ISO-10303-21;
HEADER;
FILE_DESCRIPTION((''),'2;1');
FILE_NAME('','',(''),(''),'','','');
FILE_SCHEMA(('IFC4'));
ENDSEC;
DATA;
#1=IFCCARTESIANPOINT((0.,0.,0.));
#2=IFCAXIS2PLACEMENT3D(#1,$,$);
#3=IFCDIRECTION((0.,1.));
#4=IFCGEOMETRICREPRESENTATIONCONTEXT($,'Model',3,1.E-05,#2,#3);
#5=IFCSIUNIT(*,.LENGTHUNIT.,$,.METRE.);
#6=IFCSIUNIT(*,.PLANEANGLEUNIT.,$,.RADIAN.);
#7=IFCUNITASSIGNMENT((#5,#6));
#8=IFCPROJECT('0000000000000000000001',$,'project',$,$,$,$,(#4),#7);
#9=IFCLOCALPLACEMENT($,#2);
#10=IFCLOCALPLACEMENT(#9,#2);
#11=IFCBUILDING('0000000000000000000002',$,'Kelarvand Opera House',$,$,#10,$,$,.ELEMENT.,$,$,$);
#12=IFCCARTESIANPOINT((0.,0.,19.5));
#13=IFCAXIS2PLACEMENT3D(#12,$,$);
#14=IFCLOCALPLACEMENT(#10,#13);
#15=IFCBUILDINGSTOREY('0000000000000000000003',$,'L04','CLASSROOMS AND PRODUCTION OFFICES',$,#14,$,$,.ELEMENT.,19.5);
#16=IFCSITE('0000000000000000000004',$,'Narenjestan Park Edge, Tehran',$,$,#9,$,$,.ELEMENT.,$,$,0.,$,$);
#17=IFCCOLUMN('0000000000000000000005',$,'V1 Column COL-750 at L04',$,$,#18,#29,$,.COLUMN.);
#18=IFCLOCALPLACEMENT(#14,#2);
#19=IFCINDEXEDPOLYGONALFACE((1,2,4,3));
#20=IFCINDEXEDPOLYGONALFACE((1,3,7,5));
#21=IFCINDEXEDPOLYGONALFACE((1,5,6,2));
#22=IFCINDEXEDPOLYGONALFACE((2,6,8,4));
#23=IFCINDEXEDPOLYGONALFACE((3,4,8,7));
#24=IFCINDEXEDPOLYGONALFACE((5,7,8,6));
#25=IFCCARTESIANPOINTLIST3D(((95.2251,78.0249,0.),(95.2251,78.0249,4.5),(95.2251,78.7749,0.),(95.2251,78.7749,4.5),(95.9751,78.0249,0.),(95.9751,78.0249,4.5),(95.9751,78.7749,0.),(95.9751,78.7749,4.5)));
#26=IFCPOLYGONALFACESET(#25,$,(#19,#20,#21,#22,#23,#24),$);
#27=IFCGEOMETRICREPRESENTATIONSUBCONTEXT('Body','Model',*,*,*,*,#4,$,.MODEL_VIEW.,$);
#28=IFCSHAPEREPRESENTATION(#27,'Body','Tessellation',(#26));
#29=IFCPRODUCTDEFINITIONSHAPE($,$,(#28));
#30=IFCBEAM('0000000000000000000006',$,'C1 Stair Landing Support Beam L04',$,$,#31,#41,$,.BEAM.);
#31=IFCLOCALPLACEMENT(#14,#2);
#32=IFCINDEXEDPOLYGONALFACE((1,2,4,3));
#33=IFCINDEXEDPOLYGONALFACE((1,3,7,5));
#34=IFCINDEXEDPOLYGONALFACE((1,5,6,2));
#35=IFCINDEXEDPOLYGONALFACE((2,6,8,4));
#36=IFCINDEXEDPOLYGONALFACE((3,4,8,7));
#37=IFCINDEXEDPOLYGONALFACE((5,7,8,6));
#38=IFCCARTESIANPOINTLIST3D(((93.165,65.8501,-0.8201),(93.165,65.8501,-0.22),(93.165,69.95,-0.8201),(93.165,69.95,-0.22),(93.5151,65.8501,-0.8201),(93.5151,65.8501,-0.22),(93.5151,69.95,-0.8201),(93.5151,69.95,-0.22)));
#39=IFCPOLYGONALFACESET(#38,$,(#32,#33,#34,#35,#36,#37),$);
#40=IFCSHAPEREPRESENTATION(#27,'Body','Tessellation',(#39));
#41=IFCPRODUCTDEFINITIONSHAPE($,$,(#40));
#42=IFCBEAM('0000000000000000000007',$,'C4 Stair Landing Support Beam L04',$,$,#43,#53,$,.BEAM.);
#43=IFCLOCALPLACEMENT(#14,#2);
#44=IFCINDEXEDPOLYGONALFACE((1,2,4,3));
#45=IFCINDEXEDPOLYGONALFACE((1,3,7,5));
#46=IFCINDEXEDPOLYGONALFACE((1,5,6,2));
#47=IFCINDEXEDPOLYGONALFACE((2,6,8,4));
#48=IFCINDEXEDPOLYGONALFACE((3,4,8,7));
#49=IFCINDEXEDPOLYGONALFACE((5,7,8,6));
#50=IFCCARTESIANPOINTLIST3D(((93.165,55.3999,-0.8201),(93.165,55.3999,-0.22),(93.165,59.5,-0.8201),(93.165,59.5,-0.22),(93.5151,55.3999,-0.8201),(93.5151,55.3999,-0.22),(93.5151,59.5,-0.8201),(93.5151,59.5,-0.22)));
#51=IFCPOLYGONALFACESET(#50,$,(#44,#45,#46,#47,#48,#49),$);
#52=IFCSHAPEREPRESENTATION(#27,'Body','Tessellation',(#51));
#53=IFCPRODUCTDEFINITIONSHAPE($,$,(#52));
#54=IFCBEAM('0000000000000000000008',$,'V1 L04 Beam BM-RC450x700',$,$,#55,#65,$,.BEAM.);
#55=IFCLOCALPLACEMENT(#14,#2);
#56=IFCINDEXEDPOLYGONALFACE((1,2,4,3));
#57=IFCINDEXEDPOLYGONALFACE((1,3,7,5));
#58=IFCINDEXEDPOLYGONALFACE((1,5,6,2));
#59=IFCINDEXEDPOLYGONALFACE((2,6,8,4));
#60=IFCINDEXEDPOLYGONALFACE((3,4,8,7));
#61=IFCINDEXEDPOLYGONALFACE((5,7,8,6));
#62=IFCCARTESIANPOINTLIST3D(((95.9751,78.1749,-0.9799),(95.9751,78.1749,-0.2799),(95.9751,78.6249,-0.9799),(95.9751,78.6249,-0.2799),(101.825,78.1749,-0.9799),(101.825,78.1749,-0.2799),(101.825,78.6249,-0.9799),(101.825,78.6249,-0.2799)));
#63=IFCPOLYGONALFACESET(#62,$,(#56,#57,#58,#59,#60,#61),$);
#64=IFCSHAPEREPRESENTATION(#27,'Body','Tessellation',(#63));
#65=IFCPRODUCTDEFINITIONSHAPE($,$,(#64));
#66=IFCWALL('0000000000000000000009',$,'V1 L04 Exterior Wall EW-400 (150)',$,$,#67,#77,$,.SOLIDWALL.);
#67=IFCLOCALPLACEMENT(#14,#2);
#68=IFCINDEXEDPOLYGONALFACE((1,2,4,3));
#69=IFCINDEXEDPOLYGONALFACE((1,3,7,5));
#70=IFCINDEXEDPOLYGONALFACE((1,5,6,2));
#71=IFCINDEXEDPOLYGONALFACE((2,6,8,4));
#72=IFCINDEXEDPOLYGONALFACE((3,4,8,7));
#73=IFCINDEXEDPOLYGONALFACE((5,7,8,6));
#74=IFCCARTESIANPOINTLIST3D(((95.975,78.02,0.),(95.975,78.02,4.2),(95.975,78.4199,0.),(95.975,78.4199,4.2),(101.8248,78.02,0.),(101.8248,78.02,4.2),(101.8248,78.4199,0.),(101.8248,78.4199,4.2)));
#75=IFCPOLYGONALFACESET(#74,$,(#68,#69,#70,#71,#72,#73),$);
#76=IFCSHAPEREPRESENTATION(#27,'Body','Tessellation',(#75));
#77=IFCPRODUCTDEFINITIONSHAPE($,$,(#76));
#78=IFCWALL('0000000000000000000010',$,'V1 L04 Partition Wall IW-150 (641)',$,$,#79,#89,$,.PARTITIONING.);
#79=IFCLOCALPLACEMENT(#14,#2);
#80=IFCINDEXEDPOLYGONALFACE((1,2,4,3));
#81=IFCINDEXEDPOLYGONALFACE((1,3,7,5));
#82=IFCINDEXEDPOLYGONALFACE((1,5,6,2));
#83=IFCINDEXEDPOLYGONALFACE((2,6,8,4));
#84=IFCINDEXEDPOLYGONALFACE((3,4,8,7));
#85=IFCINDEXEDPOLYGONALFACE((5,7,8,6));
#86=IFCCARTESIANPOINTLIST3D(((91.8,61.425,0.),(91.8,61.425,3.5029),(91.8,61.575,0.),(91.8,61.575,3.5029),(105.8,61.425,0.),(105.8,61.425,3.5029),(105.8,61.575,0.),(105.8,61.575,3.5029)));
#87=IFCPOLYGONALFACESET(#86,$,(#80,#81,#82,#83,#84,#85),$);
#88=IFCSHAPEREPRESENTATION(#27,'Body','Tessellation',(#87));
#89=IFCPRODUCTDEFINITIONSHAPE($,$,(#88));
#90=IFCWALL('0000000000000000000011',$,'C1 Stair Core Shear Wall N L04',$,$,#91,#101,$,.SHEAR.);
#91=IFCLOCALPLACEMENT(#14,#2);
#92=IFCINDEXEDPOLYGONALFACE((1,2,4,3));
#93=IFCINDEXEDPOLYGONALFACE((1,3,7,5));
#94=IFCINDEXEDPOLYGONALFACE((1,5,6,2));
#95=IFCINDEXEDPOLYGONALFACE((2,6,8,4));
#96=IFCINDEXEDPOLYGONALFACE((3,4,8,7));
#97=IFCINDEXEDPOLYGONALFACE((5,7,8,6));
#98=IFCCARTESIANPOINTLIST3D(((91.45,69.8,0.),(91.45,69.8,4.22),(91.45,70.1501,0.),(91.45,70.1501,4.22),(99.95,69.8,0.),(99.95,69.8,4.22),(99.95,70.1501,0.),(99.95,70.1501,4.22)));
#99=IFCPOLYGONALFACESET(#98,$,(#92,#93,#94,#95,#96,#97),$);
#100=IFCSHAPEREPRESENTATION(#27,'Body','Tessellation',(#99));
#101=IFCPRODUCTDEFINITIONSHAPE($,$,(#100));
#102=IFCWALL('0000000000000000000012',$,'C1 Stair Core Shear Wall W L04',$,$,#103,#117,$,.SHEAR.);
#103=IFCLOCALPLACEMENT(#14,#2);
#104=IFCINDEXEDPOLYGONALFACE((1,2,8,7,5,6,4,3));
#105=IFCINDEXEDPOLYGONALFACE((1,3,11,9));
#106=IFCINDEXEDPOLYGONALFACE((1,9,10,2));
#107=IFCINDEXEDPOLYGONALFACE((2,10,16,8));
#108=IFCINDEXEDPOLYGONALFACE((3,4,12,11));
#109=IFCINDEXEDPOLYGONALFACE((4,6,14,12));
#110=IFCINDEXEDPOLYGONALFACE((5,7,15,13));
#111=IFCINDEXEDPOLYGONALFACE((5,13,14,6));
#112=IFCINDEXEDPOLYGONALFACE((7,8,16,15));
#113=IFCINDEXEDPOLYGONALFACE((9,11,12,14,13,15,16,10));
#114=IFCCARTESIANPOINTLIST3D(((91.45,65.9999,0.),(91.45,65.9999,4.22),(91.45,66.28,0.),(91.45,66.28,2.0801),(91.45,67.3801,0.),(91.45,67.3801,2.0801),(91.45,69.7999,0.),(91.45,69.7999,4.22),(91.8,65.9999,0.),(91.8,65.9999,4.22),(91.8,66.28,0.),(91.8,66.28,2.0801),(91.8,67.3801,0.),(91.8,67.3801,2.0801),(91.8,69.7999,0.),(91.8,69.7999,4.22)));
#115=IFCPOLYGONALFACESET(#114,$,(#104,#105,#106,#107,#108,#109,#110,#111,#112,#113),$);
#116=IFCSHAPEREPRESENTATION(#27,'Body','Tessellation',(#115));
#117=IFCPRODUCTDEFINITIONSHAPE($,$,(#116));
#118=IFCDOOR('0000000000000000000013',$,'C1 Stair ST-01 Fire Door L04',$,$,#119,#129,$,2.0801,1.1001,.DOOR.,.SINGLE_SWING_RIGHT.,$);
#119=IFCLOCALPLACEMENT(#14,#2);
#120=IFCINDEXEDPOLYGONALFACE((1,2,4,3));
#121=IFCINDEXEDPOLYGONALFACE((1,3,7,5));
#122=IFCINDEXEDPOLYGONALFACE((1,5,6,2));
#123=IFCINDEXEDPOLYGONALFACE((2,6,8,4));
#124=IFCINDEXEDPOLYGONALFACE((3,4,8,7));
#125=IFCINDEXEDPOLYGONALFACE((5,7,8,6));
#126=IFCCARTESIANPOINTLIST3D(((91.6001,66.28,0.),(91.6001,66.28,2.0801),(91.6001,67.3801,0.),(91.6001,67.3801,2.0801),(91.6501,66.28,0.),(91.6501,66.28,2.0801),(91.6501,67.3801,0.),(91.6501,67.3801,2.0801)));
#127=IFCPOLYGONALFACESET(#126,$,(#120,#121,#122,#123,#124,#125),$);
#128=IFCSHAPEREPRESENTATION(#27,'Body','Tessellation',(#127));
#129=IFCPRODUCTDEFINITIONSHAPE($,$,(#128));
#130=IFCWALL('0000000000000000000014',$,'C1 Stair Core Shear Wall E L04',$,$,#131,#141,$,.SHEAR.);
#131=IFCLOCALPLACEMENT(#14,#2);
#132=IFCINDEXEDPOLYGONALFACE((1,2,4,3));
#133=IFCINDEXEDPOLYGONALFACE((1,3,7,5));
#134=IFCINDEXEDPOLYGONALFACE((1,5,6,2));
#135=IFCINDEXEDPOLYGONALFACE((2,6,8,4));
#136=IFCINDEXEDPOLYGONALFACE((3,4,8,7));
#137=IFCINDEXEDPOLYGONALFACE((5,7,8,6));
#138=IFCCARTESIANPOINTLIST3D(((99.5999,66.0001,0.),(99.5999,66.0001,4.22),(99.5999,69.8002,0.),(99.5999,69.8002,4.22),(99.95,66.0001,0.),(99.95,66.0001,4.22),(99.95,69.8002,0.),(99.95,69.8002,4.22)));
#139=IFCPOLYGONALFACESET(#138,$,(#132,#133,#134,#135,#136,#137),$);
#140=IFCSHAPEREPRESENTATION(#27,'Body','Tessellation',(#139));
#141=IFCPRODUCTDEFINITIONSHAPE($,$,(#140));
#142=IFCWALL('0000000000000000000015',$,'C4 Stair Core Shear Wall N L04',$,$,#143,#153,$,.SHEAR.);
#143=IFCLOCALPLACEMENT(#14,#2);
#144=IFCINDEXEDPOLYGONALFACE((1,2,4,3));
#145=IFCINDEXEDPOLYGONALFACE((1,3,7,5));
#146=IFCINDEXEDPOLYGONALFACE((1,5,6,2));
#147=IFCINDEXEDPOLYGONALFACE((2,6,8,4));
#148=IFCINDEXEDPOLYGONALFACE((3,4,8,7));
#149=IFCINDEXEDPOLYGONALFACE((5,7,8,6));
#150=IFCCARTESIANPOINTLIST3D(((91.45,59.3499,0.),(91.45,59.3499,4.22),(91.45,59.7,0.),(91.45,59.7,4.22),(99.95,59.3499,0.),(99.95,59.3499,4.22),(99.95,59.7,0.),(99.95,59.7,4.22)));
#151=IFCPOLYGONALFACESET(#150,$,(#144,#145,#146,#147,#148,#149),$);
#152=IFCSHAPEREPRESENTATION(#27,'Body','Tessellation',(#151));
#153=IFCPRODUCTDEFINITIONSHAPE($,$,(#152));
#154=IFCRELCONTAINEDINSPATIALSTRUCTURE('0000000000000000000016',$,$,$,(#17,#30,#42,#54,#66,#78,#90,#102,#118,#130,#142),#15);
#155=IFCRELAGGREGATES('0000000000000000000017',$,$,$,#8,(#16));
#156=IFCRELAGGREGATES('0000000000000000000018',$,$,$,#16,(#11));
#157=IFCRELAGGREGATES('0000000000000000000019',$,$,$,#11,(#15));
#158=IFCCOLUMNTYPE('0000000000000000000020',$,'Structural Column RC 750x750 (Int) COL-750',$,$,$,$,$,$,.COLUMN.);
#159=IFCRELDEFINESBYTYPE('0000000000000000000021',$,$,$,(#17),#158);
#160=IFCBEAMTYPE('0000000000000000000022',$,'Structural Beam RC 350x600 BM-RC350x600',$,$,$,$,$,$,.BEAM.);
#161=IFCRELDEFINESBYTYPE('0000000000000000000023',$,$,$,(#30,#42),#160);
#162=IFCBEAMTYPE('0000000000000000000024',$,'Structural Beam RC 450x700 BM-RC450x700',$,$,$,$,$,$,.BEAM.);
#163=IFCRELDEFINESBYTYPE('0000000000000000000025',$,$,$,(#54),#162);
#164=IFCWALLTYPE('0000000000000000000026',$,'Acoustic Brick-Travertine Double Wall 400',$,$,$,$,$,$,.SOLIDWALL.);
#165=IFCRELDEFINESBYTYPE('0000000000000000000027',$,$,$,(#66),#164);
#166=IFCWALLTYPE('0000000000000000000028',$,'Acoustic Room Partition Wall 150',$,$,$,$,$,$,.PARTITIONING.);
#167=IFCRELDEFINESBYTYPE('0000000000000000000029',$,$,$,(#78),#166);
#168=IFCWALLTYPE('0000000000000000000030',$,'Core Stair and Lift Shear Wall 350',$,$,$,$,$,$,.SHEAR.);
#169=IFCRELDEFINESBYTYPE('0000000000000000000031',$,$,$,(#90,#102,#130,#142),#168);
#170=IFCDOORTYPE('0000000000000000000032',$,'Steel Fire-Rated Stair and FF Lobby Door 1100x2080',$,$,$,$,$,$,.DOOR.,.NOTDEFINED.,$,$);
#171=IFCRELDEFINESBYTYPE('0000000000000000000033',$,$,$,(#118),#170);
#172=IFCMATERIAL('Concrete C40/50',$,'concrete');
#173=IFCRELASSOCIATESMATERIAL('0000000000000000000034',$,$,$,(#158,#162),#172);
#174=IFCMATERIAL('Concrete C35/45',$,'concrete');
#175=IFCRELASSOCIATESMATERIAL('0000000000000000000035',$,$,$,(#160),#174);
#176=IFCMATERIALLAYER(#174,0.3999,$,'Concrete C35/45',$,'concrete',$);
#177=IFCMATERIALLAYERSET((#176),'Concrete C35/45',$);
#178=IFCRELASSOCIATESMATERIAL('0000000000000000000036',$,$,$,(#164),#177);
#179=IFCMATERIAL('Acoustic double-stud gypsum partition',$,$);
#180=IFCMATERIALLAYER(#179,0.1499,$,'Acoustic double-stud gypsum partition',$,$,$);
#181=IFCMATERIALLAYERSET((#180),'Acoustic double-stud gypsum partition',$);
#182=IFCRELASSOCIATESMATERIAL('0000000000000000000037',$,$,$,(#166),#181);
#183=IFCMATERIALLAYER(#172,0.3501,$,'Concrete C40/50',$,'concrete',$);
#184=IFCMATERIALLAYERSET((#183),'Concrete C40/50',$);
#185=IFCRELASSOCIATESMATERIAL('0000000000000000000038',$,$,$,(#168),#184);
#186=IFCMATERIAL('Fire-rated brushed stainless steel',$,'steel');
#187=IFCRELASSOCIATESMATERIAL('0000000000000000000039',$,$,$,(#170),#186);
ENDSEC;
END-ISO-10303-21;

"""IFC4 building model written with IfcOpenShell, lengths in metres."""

from ifc_helpers import new_model, si_unit, direction, frame, frame_2d, origin, origin_2d, place, context, subcontext, project, spatial, rectangle, extrude, material, layer, layer_set, material_profile, profile_set, type_object, element, fill, save


model = new_model("IFC4")

# Units and contexts
model_context = context("Model", 3, precision=1e-05, world=origin(), true_north=direction((0.0, 1.0)))
body_context = subcontext(model_context, "Body", "Model", "MODEL_VIEW")
ifc_project = project(units=[si_unit("LENGTHUNIT", "METRE"), si_unit("PLANEANGLEUNIT", "RADIAN")], contexts=[model_context])

# Site, building, storey
site_placement = place(None, origin())
site = spatial("IfcSite", under=ifc_project, at=site_placement, Name="Narenjestan Park Edge, Tehran", CompositionType="ELEMENT", RefElevation=0.0)
building_placement = place(site_placement, origin())
building = spatial("IfcBuilding", under=site, at=building_placement, Name="Kelarvand Opera House", CompositionType="ELEMENT")
storey_placement = place(building_placement, frame((0.0, 0.0, 19.5)))
storey = spatial("IfcBuildingStorey", under=building, at=storey_placement, Name="L04", Description="CLASSROOMS AND PRODUCTION OFFICES", CompositionType="ELEMENT", Elevation=19.5)

# Column
ifc_material_1 = material(Name="Concrete C40/50", Category="concrete")
ifc_material_profile_1 = material_profile(ifc_material_1, rectangle(XDim=0.75, YDim=0.75, at=origin_2d()), Name="RC 750x750", Category="concrete")
ifc_profile_set_1 = profile_set([ifc_material_profile_1], Name="Concrete C40/50")
column_type = type_object("IfcColumnType", Name="Structural Column RC 750x750 (Int) COL-750", PredefinedType="COLUMN", material=ifc_profile_set_1)
column_placement = place(storey_placement, frame((95.6001, 78.3999, 0.0), z_axis=(0.0, 0.0, 1.0), x_axis=(1.0, 0.0, 0.0)))
element("IfcColumn", 1, at=column_placement, inside=storey, type_object=column_type, Name="V1 Column COL-750 at L04", PredefinedType="COLUMN", context=body_context, shape_type="SweptSolid", body=[
    extrude(rectangle(XDim=0.75, YDim=0.75, at=origin_2d()), origin(), (0.0, 0.0, 1.0), 4.5),
])

# Beams
ifc_material_2 = material(Name="Concrete C35/45", Category="concrete")
ifc_material_profile_2 = material_profile(ifc_material_2, rectangle(XDim=0.3501, YDim=0.6001, at=origin_2d()), Name="RC 350x600", Category="concrete")
ifc_profile_set_2 = profile_set([ifc_material_profile_2], Name="Concrete C35/45")
beam_type_1 = type_object("IfcBeamType", Name="Structural Beam RC 350x600 BM-RC350x600", PredefinedType="BEAM", material=ifc_profile_set_2)
beam_1_placement = place(storey_placement, frame((93.3401, 65.8501, -0.52), z_axis=(0.0, 1.0, 0.0), x_axis=(-1.0, 0.0, 0.0)))
element("IfcBeam", 2, at=beam_1_placement, inside=storey, type_object=beam_type_1, Name="C1 Stair Landing Support Beam L04", PredefinedType="BEAM", context=body_context, shape_type="SweptSolid", body=[
    extrude(rectangle(XDim=0.3501, YDim=0.6001, at=origin_2d()), origin(), (0.0, 0.0, 1.0), 4.0999),
])
beam_2_placement = place(storey_placement, frame((93.3401, 55.3999, -0.52), z_axis=(0.0, 1.0, 0.0), x_axis=(-1.0, 0.0, 0.0)))
element("IfcBeam", 3, at=beam_2_placement, inside=storey, type_object=beam_type_1, Name="C4 Stair Landing Support Beam L04", PredefinedType="BEAM", context=body_context, shape_type="SweptSolid", body=[
    extrude(rectangle(XDim=0.3501, YDim=0.6001, at=origin_2d()), origin(), (0.0, 0.0, 1.0), 4.1001),
])
ifc_material_profile_3 = material_profile(ifc_material_1, rectangle(XDim=0.45, YDim=0.7, at=origin_2d()), Name="RC 450x700", Category="concrete")
ifc_profile_set_3 = profile_set([ifc_material_profile_3], Name="Concrete C40/50")
beam_type_2 = type_object("IfcBeamType", Name="Structural Beam RC 450x700 BM-RC450x700", PredefinedType="BEAM", material=ifc_profile_set_3)
beam_3_placement = place(storey_placement, frame((95.9751, 78.3999, -0.6299), z_axis=(1.0, 0.0, 0.0), x_axis=(0.0, 1.0, 0.0)))
element("IfcBeam", 4, at=beam_3_placement, inside=storey, type_object=beam_type_2, Name="V1 L04 Beam BM-RC450x700", PredefinedType="BEAM", context=body_context, shape_type="SweptSolid", body=[
    extrude(rectangle(XDim=0.45, YDim=0.7, at=origin_2d()), origin(), (0.0, 0.0, 1.0), 5.8499),
])

# Walls
ifc_layer_1 = layer(ifc_material_2, 0.3999, Name="Concrete C35/45", Category="concrete")
ifc_layer_set_1 = layer_set([ifc_layer_1], Name="Concrete C35/45")
wall_type_1 = type_object("IfcWallType", Name="Acoustic Brick-Travertine Double Wall 400", PredefinedType="SOLIDWALL", material=ifc_layer_set_1)
wall_1_placement = place(storey_placement, frame((95.9751, 78.22, 0.0), z_axis=(0.0, 0.0, 1.0), x_axis=(1.0, 0.0, 0.0)))
element("IfcWall", 5, at=wall_1_placement, inside=storey, type_object=wall_type_1, Name="V1 L04 Exterior Wall EW-400 (150)", PredefinedType="SOLIDWALL", context=body_context, shape_type="SweptSolid", body=[
    extrude(rectangle(XDim=5.8499, YDim=0.3999, at=frame_2d((2.9248, 0.0))), origin(), (0.0, 0.0, 1.0), 4.2),
])
ifc_material_3 = material(Name="Acoustic double-stud gypsum partition")
ifc_layer_2 = layer(ifc_material_3, 0.1499, Name="Acoustic double-stud gypsum partition")
ifc_layer_set_2 = layer_set([ifc_layer_2], Name="Acoustic double-stud gypsum partition")
wall_type_2 = type_object("IfcWallType", Name="Acoustic Room Partition Wall 150", PredefinedType="PARTITIONING", material=ifc_layer_set_2)
wall_2_placement = place(storey_placement, frame((91.8, 61.5, 0.0), z_axis=(0.0, 0.0, 1.0), x_axis=(1.0, 0.0, 0.0)))
element("IfcWall", 6, at=wall_2_placement, inside=storey, type_object=wall_type_2, Name="V1 L04 Partition Wall IW-150 (641)", PredefinedType="PARTITIONING", context=body_context, shape_type="SweptSolid", body=[
    extrude(rectangle(XDim=14.0, YDim=0.1499, at=frame_2d((7.0, 0.0))), origin(), (0.0, 0.0, 1.0), 3.5029),
])
ifc_layer_3 = layer(ifc_material_1, 0.3501, Name="Concrete C40/50", Category="concrete")
ifc_layer_set_3 = layer_set([ifc_layer_3], Name="Concrete C40/50")
wall_type_3 = type_object("IfcWallType", Name="Core Stair and Lift Shear Wall 350", PredefinedType="SHEAR", material=ifc_layer_set_3)
wall_3_placement = place(storey_placement, frame((99.95, 69.9751, 0.0), z_axis=(0.0, 0.0, 1.0), x_axis=(-1.0, 0.0, 0.0)))
element("IfcWall", 7, at=wall_3_placement, inside=storey, type_object=wall_type_3, Name="C1 Stair Core Shear Wall N L04", PredefinedType="SHEAR", context=body_context, shape_type="SweptSolid", body=[
    extrude(rectangle(XDim=8.5, YDim=0.3501, at=frame_2d((4.25, 0.0))), origin(), (0.0, 0.0, 1.0), 4.22),
])

# Wall, opening, door
wall_4_placement = place(storey_placement, frame((91.625, 66.0, 0.0), z_axis=(0.0, 0.0, 1.0), x_axis=(0.0, 1.0, 0.0)))
wall_4 = element("IfcWall", 8, at=wall_4_placement, inside=storey, type_object=wall_type_3, Name="C1 Stair Core Shear Wall W L04", PredefinedType="SHEAR", context=body_context, shape_type="SweptSolid", body=[
    extrude(rectangle(XDim=3.8, YDim=0.3501, at=frame_2d((1.8999, 0.0))), origin(), (0.0, 0.0, 1.0), 4.22),
])
opening_1_placement = place(wall_4_placement, frame((0.28, 0.0, 0.0)))
opening_1 = element("IfcOpeningElement", 9, at=opening_1_placement, cuts=wall_4, PredefinedType="OPENING", context=body_context, shape_type="SweptSolid", body=[
    extrude(rectangle(XDim=1.1001, YDim=2.0801, at=frame_2d((0.55, 1.04))), frame((0.0, 0.1851, 0.0), z_axis=(0.0, -1.0, 0.0), x_axis=(1.0, 0.0, 0.0)), (0.0, 0.0, 1.0), 0.3701),
])
ifc_material_4 = material(Name="Fire-rated brushed stainless steel", Category="steel")
door_type_1 = type_object("IfcDoorType", Name="Steel Fire-Rated Stair and FF Lobby Door 1100x2080", OperationType="NOTDEFINED", PredefinedType="DOOR", material=ifc_material_4)
door_1_placement = place(opening_1_placement, origin())
door_1 = element("IfcDoor", 10, at=door_1_placement, inside=storey, type_object=door_type_1, Name="C1 Stair ST-01 Fire Door L04", OperationType="SINGLE_SWING_RIGHT", OverallHeight=2.0801, OverallWidth=1.1001, PredefinedType="DOOR", context=body_context, shape_type="SweptSolid", body=[
    extrude(rectangle(XDim=1.1001, YDim=2.0801, at=frame_2d((0.55, 1.04))), frame((0.0, 0.0249, 0.0), z_axis=(0.0, -1.0, 0.0), x_axis=(1.0, 0.0, 0.0)), (0.0, 0.0, 1.0), 0.05),
])
fill(opening_1, door_1)

# Walls
wall_5_placement = place(storey_placement, frame((99.7749, 69.8, 0.0), z_axis=(0.0, 0.0, 1.0), x_axis=(0.0, -1.0, 0.0)))
element("IfcWall", 11, at=wall_5_placement, inside=storey, type_object=wall_type_3, Name="C1 Stair Core Shear Wall E L04", PredefinedType="SHEAR", context=body_context, shape_type="SweptSolid", body=[
    extrude(rectangle(XDim=3.8, YDim=0.3501, at=frame_2d((1.8999, 0.0))), origin(), (0.0, 0.0, 1.0), 4.22),
])
wall_6_placement = place(storey_placement, frame((99.95, 59.5249, 0.0), z_axis=(0.0, 0.0, 1.0), x_axis=(-1.0, 0.0, 0.0)))
element("IfcWall", 12, at=wall_6_placement, inside=storey, type_object=wall_type_3, Name="C4 Stair Core Shear Wall N L04", PredefinedType="SHEAR", context=body_context, shape_type="SweptSolid", body=[
    extrude(rectangle(XDim=8.5, YDim=0.3501, at=frame_2d((4.25, 0.0))), origin(), (0.0, 0.0, 1.0), 4.22),
])

save(model, "model.ifc")
